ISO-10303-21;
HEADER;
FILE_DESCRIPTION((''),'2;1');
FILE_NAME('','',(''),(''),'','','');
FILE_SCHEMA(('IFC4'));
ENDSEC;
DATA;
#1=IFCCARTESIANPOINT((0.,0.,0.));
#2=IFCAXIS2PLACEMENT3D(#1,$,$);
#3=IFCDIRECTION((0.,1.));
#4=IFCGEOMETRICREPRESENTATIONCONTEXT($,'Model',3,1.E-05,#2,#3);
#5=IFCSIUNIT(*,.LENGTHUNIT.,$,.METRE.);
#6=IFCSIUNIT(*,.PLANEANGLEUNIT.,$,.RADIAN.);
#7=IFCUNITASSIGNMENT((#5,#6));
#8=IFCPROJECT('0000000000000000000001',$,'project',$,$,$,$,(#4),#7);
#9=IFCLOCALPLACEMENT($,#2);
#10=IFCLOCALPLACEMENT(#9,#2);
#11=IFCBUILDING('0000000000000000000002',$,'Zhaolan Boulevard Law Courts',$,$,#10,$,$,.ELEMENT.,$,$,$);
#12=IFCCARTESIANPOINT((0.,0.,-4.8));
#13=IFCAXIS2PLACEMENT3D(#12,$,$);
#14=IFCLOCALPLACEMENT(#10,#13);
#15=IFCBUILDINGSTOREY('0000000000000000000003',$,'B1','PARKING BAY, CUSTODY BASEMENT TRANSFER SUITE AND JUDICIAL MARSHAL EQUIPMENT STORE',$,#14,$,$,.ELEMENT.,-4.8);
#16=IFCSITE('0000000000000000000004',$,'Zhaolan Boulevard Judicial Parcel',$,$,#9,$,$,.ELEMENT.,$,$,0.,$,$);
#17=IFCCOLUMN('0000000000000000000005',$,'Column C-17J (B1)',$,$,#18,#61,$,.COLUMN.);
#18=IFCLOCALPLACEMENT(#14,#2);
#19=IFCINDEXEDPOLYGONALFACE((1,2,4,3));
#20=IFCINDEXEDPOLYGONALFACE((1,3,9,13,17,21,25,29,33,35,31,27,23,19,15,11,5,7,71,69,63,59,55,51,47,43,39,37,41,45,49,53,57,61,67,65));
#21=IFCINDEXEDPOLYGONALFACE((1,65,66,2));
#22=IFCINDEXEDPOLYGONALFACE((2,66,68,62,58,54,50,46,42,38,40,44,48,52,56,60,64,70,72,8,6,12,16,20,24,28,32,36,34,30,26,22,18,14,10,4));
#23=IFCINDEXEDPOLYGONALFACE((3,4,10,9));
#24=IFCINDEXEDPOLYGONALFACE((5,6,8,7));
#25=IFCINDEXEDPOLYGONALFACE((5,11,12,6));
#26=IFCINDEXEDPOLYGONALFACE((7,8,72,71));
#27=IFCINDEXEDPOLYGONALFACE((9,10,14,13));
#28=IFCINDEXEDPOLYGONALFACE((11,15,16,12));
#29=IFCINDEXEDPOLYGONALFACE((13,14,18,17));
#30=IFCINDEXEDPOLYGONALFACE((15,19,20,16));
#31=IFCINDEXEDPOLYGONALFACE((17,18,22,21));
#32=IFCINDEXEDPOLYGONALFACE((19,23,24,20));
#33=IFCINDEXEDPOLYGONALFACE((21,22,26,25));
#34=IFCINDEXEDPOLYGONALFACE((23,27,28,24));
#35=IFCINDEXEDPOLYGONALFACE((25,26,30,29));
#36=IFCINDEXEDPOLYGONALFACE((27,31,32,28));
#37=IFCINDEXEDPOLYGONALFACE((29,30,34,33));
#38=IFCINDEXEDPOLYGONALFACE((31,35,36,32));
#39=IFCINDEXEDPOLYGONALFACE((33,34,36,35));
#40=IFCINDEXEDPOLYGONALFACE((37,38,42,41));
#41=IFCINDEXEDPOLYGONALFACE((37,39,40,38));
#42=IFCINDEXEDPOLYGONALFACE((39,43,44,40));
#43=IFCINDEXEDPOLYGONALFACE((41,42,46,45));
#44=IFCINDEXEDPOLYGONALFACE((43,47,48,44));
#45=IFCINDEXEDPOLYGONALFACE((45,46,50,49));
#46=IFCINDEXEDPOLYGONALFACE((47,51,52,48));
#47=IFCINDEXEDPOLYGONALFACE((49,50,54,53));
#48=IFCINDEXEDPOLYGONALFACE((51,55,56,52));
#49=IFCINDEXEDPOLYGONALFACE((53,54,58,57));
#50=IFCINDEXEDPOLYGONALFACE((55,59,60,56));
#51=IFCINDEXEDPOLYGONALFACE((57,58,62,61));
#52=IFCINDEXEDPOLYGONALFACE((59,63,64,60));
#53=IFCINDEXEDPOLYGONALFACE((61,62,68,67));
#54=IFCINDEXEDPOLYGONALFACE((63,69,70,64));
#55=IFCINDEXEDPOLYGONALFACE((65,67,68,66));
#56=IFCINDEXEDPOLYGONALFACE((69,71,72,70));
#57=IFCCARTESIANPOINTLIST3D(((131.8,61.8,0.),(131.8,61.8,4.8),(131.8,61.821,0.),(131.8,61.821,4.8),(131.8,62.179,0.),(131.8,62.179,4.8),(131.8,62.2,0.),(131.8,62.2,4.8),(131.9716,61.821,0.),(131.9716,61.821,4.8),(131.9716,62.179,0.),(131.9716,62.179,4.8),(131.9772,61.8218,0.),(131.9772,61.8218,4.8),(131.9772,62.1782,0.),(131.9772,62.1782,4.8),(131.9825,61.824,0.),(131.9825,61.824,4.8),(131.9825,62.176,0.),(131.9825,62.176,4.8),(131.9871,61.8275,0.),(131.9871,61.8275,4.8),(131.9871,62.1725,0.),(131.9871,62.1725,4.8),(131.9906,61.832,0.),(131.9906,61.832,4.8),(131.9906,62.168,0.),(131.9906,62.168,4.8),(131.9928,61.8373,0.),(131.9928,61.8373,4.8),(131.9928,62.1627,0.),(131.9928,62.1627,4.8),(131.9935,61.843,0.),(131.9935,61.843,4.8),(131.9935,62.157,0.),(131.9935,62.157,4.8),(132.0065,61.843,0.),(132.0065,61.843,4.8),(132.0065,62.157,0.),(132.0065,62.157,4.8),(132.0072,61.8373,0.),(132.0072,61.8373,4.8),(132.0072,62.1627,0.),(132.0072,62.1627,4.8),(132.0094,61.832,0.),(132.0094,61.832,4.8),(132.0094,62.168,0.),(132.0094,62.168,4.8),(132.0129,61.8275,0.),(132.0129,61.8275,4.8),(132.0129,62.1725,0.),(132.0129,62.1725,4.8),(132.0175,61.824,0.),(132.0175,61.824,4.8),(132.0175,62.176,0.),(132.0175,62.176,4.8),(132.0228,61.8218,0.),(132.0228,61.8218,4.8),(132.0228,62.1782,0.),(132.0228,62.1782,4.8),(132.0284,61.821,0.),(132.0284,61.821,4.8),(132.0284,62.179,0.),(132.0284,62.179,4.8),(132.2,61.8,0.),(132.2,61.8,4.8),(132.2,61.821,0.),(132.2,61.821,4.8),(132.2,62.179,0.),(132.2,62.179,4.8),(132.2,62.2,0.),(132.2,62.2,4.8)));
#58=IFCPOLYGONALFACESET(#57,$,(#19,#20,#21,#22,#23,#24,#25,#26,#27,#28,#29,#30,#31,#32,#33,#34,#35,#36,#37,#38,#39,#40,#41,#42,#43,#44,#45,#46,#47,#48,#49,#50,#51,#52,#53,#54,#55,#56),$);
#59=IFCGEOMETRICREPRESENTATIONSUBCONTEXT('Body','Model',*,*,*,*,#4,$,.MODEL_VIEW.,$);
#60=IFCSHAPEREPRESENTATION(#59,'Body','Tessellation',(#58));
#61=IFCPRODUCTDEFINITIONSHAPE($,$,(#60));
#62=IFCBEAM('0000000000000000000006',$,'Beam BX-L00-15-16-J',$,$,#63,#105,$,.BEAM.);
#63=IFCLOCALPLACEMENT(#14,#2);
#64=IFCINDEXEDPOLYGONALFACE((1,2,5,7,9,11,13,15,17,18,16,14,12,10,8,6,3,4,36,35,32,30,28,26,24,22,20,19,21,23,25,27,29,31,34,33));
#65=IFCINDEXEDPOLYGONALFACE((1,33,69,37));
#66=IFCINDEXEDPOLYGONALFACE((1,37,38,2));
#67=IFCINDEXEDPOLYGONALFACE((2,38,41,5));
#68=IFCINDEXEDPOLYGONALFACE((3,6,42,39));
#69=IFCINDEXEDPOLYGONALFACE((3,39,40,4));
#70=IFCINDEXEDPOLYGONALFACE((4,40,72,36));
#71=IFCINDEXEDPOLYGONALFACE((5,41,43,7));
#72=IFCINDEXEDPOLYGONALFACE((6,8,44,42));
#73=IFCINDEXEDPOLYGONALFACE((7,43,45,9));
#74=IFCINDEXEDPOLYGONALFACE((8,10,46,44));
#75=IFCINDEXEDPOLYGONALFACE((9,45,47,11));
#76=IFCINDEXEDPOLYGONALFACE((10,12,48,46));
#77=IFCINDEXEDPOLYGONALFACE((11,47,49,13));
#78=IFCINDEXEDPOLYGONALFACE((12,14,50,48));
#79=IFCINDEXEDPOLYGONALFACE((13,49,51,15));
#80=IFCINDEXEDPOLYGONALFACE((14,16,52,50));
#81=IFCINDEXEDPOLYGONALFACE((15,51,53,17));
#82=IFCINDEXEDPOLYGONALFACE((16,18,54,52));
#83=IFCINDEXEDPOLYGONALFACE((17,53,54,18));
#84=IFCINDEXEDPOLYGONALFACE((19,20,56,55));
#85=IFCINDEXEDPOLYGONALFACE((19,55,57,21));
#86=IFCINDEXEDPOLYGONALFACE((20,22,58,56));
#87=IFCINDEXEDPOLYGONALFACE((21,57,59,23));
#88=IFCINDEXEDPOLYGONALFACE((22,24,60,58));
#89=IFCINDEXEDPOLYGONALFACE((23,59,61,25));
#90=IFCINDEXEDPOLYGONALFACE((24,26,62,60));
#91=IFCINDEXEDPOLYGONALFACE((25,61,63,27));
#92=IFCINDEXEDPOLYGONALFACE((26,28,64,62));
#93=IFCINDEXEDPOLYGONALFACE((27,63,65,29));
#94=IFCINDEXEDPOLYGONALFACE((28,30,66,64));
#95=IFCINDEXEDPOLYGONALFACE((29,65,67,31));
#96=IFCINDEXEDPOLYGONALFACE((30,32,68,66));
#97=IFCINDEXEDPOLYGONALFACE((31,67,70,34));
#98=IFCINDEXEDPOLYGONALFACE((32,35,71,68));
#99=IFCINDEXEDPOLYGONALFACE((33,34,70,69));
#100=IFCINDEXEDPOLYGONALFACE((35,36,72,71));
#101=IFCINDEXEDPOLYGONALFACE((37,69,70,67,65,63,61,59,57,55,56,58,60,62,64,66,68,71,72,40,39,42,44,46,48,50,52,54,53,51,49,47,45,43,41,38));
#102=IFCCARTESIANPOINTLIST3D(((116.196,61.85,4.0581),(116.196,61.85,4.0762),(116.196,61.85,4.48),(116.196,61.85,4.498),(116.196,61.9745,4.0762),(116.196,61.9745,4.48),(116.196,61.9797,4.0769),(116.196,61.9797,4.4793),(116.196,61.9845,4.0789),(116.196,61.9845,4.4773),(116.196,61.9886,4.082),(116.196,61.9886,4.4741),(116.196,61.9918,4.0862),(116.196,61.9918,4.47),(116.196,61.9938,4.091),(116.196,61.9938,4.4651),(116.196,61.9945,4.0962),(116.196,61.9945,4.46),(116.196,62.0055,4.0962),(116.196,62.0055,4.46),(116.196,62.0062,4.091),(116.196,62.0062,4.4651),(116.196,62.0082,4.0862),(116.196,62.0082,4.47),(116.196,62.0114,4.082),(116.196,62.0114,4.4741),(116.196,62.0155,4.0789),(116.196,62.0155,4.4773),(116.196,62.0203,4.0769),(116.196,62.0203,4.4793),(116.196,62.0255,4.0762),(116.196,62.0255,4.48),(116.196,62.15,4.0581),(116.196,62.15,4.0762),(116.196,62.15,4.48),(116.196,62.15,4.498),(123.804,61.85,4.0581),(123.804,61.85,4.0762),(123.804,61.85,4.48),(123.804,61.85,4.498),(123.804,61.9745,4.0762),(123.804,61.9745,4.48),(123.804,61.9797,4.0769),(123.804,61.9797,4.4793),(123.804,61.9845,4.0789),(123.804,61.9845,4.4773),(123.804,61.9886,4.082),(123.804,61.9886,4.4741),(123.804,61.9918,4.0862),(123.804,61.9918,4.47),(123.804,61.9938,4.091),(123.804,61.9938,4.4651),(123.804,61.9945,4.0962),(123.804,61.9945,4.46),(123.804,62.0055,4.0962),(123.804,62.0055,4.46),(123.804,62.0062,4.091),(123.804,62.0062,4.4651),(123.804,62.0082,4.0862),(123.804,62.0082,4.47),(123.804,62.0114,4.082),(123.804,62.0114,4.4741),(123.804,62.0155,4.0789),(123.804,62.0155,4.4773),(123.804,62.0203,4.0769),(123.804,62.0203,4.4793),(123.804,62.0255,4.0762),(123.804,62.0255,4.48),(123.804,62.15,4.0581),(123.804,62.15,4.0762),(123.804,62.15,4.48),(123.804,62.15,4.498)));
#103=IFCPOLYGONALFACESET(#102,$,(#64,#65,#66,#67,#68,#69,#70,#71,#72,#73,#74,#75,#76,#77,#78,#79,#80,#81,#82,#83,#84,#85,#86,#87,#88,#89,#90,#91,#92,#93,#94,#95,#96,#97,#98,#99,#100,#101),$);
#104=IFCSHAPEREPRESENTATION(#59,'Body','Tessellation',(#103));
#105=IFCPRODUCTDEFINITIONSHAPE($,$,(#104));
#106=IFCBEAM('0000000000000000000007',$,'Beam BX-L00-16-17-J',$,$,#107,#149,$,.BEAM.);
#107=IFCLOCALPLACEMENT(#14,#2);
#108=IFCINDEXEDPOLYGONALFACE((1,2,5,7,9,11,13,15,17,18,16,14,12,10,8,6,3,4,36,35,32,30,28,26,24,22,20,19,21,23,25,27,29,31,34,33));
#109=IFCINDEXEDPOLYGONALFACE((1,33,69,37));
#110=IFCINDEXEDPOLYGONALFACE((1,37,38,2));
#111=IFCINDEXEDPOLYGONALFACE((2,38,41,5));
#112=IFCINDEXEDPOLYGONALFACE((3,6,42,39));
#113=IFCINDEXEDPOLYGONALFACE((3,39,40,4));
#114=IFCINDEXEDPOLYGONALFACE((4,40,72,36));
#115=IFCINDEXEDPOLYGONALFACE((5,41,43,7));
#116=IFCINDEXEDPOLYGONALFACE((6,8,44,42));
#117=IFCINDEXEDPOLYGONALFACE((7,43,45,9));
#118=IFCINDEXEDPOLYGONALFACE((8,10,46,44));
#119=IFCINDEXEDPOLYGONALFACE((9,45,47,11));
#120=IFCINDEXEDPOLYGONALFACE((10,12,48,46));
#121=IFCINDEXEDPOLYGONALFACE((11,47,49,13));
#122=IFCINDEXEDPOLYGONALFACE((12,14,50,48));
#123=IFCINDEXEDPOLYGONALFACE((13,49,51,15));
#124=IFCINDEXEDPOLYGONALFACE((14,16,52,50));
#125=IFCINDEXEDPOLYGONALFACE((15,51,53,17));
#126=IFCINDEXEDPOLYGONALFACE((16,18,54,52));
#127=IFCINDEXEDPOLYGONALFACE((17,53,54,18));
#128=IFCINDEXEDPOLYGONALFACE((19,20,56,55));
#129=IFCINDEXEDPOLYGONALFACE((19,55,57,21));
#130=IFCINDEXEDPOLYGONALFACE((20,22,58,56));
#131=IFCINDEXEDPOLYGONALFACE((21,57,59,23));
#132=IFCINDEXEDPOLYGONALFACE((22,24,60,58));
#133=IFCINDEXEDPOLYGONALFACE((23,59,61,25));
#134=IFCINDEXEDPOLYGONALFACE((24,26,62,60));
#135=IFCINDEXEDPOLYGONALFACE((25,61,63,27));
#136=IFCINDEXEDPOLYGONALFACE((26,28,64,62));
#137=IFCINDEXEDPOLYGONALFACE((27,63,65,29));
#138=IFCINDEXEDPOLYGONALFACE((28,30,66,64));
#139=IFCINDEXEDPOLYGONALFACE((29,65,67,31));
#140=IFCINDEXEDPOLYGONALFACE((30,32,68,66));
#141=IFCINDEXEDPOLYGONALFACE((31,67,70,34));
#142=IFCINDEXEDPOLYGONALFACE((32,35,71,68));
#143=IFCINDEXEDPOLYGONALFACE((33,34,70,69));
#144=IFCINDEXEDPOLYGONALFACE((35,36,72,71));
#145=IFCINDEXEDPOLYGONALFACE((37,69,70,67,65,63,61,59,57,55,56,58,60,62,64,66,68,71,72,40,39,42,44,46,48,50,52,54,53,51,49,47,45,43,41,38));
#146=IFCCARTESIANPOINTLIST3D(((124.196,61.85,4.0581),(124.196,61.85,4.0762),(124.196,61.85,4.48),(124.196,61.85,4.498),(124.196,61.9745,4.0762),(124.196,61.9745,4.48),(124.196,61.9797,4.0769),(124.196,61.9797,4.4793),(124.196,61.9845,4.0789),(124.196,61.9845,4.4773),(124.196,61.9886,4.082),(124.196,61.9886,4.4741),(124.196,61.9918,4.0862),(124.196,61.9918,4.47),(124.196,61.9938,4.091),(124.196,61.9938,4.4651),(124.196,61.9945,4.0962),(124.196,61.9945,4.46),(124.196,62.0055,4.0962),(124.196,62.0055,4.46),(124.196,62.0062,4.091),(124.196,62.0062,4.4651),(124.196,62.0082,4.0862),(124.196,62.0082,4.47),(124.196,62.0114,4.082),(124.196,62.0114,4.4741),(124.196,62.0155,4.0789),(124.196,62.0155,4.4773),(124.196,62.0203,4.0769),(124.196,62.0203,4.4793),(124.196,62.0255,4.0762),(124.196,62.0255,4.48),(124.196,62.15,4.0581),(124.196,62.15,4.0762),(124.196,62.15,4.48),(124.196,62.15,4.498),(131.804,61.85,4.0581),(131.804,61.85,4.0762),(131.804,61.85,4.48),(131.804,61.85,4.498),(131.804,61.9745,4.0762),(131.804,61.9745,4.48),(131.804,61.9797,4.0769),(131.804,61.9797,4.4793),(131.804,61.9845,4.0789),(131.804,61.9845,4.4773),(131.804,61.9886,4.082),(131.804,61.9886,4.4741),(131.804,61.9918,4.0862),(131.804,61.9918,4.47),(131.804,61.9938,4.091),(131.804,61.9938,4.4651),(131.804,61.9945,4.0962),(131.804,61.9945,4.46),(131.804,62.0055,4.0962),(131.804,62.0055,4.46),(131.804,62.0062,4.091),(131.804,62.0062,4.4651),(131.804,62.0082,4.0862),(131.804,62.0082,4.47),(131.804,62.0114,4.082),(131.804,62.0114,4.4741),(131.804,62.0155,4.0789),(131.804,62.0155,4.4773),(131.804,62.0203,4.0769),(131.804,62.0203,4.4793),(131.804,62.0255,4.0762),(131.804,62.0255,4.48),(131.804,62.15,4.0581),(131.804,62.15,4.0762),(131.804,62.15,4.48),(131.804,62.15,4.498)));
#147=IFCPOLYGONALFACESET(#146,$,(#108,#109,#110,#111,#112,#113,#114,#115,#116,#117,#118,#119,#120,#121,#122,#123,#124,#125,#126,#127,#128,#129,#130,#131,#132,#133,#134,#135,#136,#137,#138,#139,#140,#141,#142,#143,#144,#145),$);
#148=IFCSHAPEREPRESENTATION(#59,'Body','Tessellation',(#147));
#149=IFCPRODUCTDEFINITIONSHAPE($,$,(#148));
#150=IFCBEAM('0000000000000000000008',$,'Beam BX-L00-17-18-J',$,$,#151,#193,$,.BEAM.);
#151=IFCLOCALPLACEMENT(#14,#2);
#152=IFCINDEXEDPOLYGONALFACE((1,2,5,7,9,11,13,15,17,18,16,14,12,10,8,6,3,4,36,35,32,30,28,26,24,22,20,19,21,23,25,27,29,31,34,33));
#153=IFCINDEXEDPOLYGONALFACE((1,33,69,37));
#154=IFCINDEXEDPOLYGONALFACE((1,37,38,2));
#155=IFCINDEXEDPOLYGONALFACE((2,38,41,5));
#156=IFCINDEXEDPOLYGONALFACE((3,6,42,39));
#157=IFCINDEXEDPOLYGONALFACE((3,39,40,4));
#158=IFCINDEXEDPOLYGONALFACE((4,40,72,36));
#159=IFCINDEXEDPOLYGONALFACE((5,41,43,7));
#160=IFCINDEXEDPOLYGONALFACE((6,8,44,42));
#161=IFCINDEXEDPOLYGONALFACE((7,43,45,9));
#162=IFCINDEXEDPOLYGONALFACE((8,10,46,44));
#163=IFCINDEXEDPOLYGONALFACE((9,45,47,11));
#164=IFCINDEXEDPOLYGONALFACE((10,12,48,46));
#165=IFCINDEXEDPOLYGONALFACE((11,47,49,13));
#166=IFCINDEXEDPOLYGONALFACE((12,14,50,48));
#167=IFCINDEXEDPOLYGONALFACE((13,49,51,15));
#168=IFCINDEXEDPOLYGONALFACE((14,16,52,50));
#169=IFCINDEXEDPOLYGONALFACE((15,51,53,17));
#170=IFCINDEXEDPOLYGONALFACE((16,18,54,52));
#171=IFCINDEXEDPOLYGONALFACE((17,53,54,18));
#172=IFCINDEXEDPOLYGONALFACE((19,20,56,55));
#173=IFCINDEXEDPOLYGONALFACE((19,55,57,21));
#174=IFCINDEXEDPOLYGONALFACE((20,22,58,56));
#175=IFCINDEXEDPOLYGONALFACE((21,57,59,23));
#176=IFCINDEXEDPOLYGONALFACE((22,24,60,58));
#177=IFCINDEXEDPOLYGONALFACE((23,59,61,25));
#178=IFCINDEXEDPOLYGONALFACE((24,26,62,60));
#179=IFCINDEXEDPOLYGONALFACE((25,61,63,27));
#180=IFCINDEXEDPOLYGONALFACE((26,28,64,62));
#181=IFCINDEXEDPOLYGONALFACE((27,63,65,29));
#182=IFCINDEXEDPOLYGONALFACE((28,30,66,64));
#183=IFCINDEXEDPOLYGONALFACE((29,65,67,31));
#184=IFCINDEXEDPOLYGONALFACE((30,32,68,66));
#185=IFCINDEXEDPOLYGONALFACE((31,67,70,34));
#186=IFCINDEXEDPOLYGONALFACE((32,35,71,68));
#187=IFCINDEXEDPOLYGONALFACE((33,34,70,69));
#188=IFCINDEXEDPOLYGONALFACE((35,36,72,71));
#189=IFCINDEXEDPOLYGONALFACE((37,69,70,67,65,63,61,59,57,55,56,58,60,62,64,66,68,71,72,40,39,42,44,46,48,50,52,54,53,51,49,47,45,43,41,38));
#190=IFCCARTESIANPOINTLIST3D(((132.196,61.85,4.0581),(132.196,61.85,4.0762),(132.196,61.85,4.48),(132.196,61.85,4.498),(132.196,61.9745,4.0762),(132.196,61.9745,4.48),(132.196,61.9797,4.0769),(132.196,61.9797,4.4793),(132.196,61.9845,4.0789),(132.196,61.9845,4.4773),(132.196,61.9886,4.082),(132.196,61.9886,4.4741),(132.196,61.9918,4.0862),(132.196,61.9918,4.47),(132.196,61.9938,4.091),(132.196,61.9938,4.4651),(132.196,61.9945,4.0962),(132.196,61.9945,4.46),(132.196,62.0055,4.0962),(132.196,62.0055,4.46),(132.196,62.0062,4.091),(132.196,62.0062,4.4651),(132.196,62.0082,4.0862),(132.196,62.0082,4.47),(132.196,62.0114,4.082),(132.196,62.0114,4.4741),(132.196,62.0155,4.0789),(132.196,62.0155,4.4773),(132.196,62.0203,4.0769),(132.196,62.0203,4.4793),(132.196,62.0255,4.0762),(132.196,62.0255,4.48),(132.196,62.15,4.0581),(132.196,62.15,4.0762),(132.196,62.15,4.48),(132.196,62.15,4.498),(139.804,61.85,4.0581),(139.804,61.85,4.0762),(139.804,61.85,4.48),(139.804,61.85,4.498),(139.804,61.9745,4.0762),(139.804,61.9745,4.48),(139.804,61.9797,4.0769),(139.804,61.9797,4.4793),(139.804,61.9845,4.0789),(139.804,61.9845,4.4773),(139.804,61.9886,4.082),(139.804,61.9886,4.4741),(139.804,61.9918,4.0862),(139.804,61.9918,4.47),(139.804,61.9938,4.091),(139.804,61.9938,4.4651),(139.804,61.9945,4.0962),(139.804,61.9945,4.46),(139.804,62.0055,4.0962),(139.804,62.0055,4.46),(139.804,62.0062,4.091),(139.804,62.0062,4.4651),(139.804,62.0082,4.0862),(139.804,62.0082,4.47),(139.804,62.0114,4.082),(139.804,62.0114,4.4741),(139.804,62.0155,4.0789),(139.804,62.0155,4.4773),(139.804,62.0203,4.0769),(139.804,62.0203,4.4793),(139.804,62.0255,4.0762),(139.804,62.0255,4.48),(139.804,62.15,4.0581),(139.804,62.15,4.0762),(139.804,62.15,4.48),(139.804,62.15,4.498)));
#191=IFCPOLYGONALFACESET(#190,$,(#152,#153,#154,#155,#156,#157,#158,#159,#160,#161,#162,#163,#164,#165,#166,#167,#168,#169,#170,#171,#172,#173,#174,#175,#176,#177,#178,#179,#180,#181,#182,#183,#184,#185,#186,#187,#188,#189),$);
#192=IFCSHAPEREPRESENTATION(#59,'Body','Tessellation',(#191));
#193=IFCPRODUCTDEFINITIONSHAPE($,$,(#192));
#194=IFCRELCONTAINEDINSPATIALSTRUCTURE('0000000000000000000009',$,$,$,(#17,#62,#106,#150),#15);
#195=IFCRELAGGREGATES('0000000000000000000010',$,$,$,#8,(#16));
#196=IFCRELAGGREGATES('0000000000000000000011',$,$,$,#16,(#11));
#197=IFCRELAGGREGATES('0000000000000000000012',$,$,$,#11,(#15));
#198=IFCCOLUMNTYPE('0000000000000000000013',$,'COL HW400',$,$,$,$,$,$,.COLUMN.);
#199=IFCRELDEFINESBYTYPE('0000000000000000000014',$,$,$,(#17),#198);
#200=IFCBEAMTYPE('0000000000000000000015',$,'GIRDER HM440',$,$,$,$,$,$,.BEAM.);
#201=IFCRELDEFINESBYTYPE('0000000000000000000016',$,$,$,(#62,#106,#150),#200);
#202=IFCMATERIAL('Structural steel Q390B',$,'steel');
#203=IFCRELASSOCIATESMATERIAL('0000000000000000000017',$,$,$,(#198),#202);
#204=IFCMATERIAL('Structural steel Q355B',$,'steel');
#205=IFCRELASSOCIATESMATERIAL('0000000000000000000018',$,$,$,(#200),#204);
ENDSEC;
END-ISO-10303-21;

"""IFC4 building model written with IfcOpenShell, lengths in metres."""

from ifc_helpers import new_model, si_unit, direction, frame, origin, origin_2d, place, context, subcontext, project, spatial, i_section, extrude, material, material_profile, profile_set, type_object, element, save


model = new_model("IFC4")

# Units and contexts
model_context = context("Model", 3, precision=1e-05, world=origin(), true_north=direction((0.0, 1.0)))
body_context = subcontext(model_context, "Body", "Model", "MODEL_VIEW")
ifc_project = project(units=[si_unit("LENGTHUNIT", "METRE"), si_unit("PLANEANGLEUNIT", "RADIAN")], contexts=[model_context])

# Site, building, storey
site_placement = place(None, origin())
site = spatial("IfcSite", under=ifc_project, at=site_placement, Name="Zhaolan Boulevard Judicial Parcel", CompositionType="ELEMENT", RefElevation=0.0)
building_placement = place(site_placement, origin())
building = spatial("IfcBuilding", under=site, at=building_placement, Name="Zhaolan Boulevard Law Courts", CompositionType="ELEMENT")
storey_placement = place(building_placement, frame((0.0, 0.0, -4.8)))
storey = spatial("IfcBuildingStorey", under=building, at=storey_placement, Name="B1", Description="PARKING BAY, CUSTODY BASEMENT TRANSFER SUITE AND JUDICIAL MARSHAL EQUIPMENT STORE", CompositionType="ELEMENT", Elevation=-4.8)

# Column
ifc_material_1 = material(Name="Structural steel Q390B", Category="steel")
ifc_material_profile_1 = material_profile(ifc_material_1, i_section(OverallWidth=0.3999, OverallDepth=0.3999, WebThickness=0.0129, FlangeThickness=0.021, FilletRadius=0.022, at=origin_2d()), Name="HW400x400")
ifc_profile_set_1 = profile_set([ifc_material_profile_1], Name="Structural steel Q390B")
column_type = type_object("IfcColumnType", Name="COL HW400", PredefinedType="COLUMN", material=ifc_profile_set_1)
for number, where, z_axis, x_axis, name in (
    (1, (132.0, 62.0, 0.0), (0.0, 0.0, 1.0), (1.0, 0.0, 0.0), "Column C-17J (B1)"),
):
    element("IfcColumn", number, at=place(storey_placement, frame(where, z_axis=z_axis, x_axis=x_axis)), inside=storey, type_object=column_type, Name=name, PredefinedType="COLUMN", context=body_context, shape_type="SweptSolid", body=[
        extrude(i_section(OverallWidth=0.3999, OverallDepth=0.3999, WebThickness=0.0129, FlangeThickness=0.021, FilletRadius=0.022, at=origin_2d()), origin(), (0.0, 0.0, 1.0), 4.8),
    ])

# Beams
ifc_material_2 = material(Name="Structural steel Q355B", Category="steel")
ifc_material_profile_2 = material_profile(ifc_material_2, i_section(OverallWidth=0.3, OverallDepth=0.4399, WebThickness=0.011, FlangeThickness=0.0181, FilletRadius=0.02, at=origin_2d()), Name="HM440x300")
ifc_profile_set_2 = profile_set([ifc_material_profile_2], Name="Structural steel Q355B")
beam_type_1 = type_object("IfcBeamType", Name="GIRDER HM440", PredefinedType="BEAM", material=ifc_profile_set_2)
for number, where, z_axis, x_axis, name in (
    (2, (116.196, 62.0, 4.2781), (1.0, 0.0, 0.0), (0.0, 1.0, 0.0), "Beam BX-L00-15-16-J"),
    (3, (124.196, 62.0, 4.2781), (1.0, 0.0, 0.0), (0.0, 1.0, 0.0), "Beam BX-L00-16-17-J"),
    (4, (132.196, 62.0, 4.2781), (1.0, 0.0, 0.0), (0.0, 1.0, 0.0), "Beam BX-L00-17-18-J"),
):
    element("IfcBeam", number, at=place(storey_placement, frame(where, z_axis=z_axis, x_axis=x_axis)), inside=storey, type_object=beam_type_1, Name=name, PredefinedType="BEAM", context=body_context, shape_type="SweptSolid", body=[
        extrude(i_section(OverallWidth=0.3, OverallDepth=0.4399, WebThickness=0.011, FlangeThickness=0.0181, FilletRadius=0.02, at=origin_2d()), origin(), (0.0, 0.0, 1.0), 7.6079),
    ])

save(model, "model.ifc")
